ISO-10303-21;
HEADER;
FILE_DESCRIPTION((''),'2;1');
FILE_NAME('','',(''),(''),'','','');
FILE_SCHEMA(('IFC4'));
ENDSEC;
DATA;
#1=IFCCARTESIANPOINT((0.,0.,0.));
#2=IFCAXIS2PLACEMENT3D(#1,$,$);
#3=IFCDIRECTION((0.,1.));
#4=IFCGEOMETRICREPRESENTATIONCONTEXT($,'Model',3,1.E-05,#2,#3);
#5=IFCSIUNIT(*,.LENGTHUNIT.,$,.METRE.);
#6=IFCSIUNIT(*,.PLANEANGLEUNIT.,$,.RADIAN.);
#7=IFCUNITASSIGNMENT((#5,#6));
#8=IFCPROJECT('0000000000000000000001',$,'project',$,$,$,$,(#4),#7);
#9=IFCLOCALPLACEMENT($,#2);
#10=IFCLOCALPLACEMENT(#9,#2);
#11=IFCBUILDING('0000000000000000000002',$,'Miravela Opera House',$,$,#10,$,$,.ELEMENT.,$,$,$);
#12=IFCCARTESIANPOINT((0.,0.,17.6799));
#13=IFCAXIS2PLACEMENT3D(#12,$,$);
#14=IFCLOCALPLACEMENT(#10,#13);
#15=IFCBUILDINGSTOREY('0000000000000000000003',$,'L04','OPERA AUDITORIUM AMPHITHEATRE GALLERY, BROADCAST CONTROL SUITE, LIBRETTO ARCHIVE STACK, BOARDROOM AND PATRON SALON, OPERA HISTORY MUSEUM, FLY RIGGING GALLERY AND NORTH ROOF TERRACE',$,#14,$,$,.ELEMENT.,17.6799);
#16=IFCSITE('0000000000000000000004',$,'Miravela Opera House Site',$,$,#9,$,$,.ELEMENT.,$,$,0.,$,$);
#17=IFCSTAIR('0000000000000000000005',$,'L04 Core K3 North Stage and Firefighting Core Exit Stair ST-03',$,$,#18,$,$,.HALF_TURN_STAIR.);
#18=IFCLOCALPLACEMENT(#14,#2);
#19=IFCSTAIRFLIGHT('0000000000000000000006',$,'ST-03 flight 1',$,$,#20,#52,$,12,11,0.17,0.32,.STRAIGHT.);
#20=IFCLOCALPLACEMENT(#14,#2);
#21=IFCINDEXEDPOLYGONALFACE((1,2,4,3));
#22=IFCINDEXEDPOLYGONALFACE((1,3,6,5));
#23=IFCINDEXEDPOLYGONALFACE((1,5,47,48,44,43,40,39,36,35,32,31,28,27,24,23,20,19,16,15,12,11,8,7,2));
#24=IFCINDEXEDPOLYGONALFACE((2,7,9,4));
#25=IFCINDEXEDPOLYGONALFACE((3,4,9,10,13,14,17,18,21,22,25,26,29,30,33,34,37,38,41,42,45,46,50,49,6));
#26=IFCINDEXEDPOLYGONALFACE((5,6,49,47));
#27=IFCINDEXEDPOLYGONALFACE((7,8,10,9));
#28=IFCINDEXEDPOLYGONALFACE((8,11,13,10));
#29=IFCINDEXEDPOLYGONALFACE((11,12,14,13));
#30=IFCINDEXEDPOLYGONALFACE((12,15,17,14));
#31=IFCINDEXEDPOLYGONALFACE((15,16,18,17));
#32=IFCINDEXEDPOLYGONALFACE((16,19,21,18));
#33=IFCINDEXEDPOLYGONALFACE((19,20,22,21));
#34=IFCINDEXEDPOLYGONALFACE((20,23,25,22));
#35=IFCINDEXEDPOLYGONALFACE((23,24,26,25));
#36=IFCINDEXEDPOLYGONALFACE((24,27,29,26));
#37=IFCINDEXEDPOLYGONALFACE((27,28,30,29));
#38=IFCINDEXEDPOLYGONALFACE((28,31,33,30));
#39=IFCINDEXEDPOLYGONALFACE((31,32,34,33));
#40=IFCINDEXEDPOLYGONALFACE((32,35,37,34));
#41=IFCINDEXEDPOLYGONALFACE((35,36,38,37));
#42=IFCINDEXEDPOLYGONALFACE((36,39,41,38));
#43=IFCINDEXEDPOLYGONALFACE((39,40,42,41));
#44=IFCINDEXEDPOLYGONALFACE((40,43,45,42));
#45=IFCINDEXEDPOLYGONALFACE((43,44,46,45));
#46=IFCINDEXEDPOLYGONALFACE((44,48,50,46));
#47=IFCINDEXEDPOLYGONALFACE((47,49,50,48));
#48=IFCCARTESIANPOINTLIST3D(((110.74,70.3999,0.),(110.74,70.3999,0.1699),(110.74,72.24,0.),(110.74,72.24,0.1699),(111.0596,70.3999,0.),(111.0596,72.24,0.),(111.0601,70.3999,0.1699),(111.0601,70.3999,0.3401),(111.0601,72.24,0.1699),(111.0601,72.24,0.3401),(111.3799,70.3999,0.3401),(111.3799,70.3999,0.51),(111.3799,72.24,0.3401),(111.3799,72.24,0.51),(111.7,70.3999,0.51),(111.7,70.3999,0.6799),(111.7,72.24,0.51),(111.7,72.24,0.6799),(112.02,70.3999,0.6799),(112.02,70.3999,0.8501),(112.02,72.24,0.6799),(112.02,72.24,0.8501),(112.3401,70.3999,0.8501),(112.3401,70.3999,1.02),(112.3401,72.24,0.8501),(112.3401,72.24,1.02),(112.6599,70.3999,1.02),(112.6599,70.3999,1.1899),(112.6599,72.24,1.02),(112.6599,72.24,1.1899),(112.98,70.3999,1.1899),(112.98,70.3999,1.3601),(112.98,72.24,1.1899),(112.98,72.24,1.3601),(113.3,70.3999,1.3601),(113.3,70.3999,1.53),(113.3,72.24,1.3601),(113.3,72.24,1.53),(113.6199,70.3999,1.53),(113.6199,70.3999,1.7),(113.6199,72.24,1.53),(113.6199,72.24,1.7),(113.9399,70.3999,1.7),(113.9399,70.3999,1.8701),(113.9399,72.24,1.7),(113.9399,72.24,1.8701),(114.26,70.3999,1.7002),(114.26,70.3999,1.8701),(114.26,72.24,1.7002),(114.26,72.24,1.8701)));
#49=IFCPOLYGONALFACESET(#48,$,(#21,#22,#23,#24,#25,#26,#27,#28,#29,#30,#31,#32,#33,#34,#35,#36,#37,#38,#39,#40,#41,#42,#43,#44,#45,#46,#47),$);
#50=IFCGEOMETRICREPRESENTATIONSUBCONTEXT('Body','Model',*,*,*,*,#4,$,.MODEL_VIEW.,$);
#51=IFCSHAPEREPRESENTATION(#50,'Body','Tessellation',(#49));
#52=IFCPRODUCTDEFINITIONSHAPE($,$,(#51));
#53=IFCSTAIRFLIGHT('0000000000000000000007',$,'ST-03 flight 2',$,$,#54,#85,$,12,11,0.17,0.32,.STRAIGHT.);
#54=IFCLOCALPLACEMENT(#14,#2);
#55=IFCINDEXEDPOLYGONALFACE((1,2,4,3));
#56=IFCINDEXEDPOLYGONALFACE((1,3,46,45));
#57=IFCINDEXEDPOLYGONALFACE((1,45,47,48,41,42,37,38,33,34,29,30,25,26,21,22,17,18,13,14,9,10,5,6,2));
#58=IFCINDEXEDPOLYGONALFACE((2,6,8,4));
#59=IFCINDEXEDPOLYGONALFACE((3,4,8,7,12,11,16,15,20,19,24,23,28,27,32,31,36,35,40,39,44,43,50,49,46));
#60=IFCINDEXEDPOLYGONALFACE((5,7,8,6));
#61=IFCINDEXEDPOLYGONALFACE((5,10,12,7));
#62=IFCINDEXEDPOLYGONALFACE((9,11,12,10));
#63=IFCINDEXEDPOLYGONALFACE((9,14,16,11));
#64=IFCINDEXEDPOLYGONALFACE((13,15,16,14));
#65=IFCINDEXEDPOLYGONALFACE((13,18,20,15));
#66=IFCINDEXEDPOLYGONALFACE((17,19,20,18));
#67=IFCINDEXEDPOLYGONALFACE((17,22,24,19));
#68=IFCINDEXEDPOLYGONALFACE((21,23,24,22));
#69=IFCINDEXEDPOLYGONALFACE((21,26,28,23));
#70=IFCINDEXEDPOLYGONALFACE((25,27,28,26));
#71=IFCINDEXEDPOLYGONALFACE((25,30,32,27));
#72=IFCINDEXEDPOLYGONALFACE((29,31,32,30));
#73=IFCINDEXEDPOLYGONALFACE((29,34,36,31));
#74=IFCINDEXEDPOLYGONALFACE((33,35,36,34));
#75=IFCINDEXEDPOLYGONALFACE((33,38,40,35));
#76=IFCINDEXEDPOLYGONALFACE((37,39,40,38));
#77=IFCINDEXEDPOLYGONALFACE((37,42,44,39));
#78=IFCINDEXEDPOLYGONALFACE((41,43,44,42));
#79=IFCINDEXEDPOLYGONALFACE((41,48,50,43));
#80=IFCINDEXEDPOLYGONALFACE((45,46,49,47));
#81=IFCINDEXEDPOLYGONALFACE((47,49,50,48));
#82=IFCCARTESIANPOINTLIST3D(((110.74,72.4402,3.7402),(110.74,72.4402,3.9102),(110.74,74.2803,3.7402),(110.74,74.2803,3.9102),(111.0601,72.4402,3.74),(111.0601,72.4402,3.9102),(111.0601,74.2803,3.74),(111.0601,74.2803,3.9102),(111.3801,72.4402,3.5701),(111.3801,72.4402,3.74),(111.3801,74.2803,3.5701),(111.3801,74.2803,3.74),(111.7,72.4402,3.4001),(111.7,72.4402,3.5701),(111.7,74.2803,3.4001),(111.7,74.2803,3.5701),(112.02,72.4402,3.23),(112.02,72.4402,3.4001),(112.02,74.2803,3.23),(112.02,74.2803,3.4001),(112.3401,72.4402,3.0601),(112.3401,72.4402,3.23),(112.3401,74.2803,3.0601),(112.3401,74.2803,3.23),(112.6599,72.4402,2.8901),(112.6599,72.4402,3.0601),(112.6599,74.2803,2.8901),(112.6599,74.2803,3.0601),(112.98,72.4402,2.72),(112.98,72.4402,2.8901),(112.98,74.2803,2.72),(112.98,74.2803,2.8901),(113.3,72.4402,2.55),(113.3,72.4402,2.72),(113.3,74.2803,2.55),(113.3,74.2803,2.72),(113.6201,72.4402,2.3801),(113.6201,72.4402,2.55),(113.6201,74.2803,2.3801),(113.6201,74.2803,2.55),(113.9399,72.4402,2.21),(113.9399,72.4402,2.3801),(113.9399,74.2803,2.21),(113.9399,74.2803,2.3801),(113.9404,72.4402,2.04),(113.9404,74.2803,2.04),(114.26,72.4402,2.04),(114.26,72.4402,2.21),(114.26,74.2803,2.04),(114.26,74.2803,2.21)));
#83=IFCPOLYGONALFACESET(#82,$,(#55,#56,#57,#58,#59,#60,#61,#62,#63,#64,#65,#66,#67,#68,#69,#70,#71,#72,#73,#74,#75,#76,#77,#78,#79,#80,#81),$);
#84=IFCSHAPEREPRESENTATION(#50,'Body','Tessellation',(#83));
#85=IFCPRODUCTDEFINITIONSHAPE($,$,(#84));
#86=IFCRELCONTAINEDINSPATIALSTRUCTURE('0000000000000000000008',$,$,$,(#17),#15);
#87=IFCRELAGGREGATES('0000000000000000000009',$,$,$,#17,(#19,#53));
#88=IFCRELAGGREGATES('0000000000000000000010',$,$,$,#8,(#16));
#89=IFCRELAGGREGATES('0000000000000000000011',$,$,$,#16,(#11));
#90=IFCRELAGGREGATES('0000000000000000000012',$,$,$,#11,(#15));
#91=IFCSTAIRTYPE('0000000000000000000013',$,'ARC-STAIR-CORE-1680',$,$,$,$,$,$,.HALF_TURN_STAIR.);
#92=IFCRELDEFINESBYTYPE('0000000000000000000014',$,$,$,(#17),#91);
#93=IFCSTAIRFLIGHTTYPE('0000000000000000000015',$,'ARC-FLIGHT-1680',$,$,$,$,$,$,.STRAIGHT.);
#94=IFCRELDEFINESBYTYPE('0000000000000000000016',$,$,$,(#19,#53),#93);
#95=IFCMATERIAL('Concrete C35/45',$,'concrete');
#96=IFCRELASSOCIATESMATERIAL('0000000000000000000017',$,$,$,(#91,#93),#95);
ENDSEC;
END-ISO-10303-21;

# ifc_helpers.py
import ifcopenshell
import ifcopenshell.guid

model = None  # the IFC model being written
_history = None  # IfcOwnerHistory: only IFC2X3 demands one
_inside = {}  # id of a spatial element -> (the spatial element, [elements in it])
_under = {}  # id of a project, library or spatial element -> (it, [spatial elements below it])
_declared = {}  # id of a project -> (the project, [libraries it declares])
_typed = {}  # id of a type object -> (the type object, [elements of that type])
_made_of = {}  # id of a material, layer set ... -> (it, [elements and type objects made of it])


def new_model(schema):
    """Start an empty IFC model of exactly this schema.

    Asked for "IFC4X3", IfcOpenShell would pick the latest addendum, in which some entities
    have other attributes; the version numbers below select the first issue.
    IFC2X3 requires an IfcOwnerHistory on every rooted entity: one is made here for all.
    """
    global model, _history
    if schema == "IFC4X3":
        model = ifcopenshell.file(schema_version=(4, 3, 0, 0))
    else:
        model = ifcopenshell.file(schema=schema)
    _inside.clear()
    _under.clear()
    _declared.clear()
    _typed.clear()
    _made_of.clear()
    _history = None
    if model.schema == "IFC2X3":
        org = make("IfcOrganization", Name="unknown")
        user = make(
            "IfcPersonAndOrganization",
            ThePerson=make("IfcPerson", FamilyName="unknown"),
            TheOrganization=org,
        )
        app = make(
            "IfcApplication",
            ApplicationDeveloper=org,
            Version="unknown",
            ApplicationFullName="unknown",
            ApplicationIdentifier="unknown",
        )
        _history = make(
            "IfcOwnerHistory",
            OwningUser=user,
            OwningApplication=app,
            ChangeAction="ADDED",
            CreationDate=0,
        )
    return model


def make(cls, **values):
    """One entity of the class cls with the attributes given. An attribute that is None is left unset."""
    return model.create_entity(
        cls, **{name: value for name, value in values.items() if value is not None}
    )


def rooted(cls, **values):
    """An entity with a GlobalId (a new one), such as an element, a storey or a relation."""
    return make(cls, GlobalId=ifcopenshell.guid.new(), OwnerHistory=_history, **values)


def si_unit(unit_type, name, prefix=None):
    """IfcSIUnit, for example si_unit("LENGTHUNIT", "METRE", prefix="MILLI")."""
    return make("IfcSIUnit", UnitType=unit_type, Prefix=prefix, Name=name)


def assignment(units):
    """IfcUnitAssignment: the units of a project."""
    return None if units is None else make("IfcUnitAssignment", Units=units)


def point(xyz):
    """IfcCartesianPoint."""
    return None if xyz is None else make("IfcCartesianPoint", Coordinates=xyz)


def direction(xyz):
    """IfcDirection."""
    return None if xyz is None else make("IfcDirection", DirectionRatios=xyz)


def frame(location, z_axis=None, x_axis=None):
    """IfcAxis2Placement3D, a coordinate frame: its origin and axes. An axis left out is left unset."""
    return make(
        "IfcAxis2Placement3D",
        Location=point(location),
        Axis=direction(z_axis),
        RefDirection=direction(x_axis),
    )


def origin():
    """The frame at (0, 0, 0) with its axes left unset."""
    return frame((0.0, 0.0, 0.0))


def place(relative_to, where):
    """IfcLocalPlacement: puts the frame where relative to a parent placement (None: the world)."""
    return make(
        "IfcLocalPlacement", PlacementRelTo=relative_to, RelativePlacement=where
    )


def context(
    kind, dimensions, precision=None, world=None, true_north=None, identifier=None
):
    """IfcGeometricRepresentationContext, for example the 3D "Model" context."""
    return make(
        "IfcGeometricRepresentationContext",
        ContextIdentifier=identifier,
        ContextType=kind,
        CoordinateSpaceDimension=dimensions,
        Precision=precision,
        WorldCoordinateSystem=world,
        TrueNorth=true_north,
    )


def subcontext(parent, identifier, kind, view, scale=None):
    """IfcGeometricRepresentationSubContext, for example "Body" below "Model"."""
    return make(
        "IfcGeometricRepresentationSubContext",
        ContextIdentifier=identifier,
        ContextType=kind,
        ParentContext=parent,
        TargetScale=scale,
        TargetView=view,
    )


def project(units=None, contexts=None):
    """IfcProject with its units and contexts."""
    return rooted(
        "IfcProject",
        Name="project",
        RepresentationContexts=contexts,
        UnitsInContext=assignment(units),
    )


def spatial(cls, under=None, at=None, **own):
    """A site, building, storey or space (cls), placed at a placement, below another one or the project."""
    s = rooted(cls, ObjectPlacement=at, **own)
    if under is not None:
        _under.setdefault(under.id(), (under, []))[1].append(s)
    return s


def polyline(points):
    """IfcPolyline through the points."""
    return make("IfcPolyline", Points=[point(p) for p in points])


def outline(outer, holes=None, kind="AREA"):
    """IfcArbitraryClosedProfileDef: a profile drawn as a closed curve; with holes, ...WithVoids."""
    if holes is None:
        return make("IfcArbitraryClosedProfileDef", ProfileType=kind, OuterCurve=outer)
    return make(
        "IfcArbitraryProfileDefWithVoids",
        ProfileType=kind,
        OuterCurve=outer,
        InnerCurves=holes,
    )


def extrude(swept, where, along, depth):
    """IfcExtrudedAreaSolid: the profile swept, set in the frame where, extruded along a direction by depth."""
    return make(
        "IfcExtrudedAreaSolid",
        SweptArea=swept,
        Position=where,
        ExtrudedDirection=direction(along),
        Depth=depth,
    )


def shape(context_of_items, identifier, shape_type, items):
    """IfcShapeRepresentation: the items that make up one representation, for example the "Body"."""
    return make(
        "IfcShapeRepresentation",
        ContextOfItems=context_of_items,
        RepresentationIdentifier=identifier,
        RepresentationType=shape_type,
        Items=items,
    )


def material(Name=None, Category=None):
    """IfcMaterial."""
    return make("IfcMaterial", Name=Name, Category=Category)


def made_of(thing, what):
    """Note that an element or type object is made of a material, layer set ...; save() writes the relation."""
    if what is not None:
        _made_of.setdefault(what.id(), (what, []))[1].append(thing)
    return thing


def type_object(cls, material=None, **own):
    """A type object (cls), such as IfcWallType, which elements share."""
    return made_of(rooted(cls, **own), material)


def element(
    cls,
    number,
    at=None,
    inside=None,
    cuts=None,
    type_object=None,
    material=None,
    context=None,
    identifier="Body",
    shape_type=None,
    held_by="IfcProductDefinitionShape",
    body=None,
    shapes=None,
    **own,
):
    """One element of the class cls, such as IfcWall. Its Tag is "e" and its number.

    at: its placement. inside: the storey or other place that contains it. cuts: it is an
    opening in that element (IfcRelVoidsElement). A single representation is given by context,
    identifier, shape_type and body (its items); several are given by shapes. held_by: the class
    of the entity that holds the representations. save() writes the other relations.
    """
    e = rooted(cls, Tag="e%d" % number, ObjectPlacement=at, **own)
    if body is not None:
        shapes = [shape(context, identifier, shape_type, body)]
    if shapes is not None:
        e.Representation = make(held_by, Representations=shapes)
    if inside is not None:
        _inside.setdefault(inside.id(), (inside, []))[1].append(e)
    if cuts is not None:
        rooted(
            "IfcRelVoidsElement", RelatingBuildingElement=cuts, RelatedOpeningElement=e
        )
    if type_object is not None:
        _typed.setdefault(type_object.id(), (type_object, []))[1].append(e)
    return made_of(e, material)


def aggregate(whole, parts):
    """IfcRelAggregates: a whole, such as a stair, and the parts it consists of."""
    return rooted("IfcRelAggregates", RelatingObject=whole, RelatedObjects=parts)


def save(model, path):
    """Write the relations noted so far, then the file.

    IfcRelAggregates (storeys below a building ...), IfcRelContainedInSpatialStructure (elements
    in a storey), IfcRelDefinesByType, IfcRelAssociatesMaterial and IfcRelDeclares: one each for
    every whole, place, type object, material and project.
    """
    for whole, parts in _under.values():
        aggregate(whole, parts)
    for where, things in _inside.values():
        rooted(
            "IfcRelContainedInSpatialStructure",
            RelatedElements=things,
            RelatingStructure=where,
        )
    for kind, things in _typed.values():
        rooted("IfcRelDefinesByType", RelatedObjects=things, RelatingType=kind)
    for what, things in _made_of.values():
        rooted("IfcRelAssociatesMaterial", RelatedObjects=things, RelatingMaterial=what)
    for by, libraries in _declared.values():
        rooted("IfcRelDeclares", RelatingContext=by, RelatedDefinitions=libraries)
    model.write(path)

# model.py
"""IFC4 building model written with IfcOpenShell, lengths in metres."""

from ifc_helpers import new_model, si_unit, direction, frame, origin, place, context, subcontext, project, spatial, polyline, outline, extrude, material, type_object, element, aggregate, save


model = new_model("IFC4")

# Units and contexts
model_context = context("Model", 3, precision=1e-05, world=origin(), true_north=direction((0.0, 1.0)))
body_context = subcontext(model_context, "Body", "Model", "MODEL_VIEW")
ifc_project = project(units=[si_unit("LENGTHUNIT", "METRE"), si_unit("PLANEANGLEUNIT", "RADIAN")], contexts=[model_context])

# Site, building, storey
site_placement = place(None, origin())
site = spatial("IfcSite", under=ifc_project, at=site_placement, Name="Miravela Opera House Site", CompositionType="ELEMENT", RefElevation=0.0)
building_placement = place(site_placement, origin())
building = spatial("IfcBuilding", under=site, at=building_placement, Name="Miravela Opera House", CompositionType="ELEMENT")
storey_placement = place(building_placement, frame((0.0, 0.0, 17.6799)))
storey = spatial("IfcBuildingStorey", under=building, at=storey_placement, Name="L04", Description="OPERA AUDITORIUM AMPHITHEATRE GALLERY, BROADCAST CONTROL SUITE, LIBRETTO ARCHIVE STACK, BOARDROOM AND PATRON SALON, OPERA HISTORY MUSEUM, FLY RIGGING GALLERY AND NORTH ROOF TERRACE", CompositionType="ELEMENT", Elevation=17.6799)

# Shared definitions
ifc_material_1 = material(Name="Concrete C35/45", Category="concrete")

# Stair, stair flights
stair_type = type_object("IfcStairType", Name="ARC-STAIR-CORE-1680", PredefinedType="HALF_TURN_STAIR", material=ifc_material_1)
stair_placement = place(storey_placement, origin())
stair = element("IfcStair", 1, at=stair_placement, inside=storey, type_object=stair_type, Name="L04 Core K3 North Stage and Firefighting Core Exit Stair ST-03", PredefinedType="HALF_TURN_STAIR")
stair_flight_type = type_object("IfcStairFlightType", Name="ARC-FLIGHT-1680", PredefinedType="STRAIGHT", material=ifc_material_1)
stair_flight_1_placement = place(storey_placement, frame((110.74, 71.3201, 0.0), z_axis=(0.0, 0.0, 1.0), x_axis=(1.0, 0.0, 0.0)))
stair_flight_1 = element("IfcStairFlight", 2, at=stair_flight_1_placement, type_object=stair_flight_type, Name="ST-03 flight 1", NumberOfRisers=12, NumberOfTreads=11, PredefinedType="STRAIGHT", RiserHeight=0.17, TreadLength=0.32, context=body_context, shape_type="SweptSolid", body=[
    extrude(outline(polyline([(0.0, 0.0), (0.0, 0.1699), (0.3201, 0.1699), (0.3201, 0.3401), (0.6399, 0.3401), (0.6399, 0.51), (0.96, 0.51), (0.96, 0.6799), (1.28, 0.6799), (1.28, 0.8501), (1.6001, 0.8501), (1.6001, 1.02), (1.9199, 1.02), (1.9199, 1.1899), (2.24, 1.1899), (2.24, 1.3601), (2.5601, 1.3601), (2.5601, 1.53), (2.8799, 1.53), (2.8799, 1.7), (3.2, 1.7), (3.2, 1.8701), (3.52, 1.8701), (3.52, 2.04), (3.52, 1.7002), (0.3196, 0.0), (0.0, 0.0)])), frame((0.0, 0.9199, 0.0), z_axis=(0.0, -1.0, 0.0), x_axis=(1.0, 0.0, 0.0)), (0.0, 0.0, 1.0), 1.8401),
])
stair_flight_2_placement = place(storey_placement, frame((114.26, 73.3601, 2.04), z_axis=(0.0, 0.0, 1.0), x_axis=(-1.0, 0.0, 0.0)))
stair_flight_2 = element("IfcStairFlight", 3, at=stair_flight_2_placement, type_object=stair_flight_type, Name="ST-03 flight 2", NumberOfRisers=12, NumberOfTreads=11, PredefinedType="STRAIGHT", RiserHeight=0.17, TreadLength=0.32, context=body_context, shape_type="SweptSolid", body=[
    extrude(outline(polyline([(0.0, 0.0), (0.0, 0.1699), (0.3201, 0.1699), (0.3201, 0.3401), (0.6399, 0.3401), (0.6399, 0.51), (0.96, 0.51), (0.96, 0.6799), (1.28, 0.6799), (1.28, 0.8501), (1.6001, 0.8501), (1.6001, 1.02), (1.9199, 1.02), (1.9199, 1.1899), (2.24, 1.1899), (2.24, 1.3601), (2.5601, 1.3601), (2.5601, 1.53), (2.8799, 1.53), (2.8799, 1.7), (3.2, 1.7), (3.2, 1.8701), (3.52, 1.8701), (3.52, 2.04), (3.52, 1.7002), (0.3196, 0.0), (0.0, 0.0)])), frame((0.0, 0.9199, 0.0), z_axis=(0.0, -1.0, 0.0), x_axis=(1.0, 0.0, 0.0)), (0.0, 0.0, 1.0), 1.8401),
])
aggregate(stair, [stair_flight_1, stair_flight_2])

save(model, "model.ifc")
